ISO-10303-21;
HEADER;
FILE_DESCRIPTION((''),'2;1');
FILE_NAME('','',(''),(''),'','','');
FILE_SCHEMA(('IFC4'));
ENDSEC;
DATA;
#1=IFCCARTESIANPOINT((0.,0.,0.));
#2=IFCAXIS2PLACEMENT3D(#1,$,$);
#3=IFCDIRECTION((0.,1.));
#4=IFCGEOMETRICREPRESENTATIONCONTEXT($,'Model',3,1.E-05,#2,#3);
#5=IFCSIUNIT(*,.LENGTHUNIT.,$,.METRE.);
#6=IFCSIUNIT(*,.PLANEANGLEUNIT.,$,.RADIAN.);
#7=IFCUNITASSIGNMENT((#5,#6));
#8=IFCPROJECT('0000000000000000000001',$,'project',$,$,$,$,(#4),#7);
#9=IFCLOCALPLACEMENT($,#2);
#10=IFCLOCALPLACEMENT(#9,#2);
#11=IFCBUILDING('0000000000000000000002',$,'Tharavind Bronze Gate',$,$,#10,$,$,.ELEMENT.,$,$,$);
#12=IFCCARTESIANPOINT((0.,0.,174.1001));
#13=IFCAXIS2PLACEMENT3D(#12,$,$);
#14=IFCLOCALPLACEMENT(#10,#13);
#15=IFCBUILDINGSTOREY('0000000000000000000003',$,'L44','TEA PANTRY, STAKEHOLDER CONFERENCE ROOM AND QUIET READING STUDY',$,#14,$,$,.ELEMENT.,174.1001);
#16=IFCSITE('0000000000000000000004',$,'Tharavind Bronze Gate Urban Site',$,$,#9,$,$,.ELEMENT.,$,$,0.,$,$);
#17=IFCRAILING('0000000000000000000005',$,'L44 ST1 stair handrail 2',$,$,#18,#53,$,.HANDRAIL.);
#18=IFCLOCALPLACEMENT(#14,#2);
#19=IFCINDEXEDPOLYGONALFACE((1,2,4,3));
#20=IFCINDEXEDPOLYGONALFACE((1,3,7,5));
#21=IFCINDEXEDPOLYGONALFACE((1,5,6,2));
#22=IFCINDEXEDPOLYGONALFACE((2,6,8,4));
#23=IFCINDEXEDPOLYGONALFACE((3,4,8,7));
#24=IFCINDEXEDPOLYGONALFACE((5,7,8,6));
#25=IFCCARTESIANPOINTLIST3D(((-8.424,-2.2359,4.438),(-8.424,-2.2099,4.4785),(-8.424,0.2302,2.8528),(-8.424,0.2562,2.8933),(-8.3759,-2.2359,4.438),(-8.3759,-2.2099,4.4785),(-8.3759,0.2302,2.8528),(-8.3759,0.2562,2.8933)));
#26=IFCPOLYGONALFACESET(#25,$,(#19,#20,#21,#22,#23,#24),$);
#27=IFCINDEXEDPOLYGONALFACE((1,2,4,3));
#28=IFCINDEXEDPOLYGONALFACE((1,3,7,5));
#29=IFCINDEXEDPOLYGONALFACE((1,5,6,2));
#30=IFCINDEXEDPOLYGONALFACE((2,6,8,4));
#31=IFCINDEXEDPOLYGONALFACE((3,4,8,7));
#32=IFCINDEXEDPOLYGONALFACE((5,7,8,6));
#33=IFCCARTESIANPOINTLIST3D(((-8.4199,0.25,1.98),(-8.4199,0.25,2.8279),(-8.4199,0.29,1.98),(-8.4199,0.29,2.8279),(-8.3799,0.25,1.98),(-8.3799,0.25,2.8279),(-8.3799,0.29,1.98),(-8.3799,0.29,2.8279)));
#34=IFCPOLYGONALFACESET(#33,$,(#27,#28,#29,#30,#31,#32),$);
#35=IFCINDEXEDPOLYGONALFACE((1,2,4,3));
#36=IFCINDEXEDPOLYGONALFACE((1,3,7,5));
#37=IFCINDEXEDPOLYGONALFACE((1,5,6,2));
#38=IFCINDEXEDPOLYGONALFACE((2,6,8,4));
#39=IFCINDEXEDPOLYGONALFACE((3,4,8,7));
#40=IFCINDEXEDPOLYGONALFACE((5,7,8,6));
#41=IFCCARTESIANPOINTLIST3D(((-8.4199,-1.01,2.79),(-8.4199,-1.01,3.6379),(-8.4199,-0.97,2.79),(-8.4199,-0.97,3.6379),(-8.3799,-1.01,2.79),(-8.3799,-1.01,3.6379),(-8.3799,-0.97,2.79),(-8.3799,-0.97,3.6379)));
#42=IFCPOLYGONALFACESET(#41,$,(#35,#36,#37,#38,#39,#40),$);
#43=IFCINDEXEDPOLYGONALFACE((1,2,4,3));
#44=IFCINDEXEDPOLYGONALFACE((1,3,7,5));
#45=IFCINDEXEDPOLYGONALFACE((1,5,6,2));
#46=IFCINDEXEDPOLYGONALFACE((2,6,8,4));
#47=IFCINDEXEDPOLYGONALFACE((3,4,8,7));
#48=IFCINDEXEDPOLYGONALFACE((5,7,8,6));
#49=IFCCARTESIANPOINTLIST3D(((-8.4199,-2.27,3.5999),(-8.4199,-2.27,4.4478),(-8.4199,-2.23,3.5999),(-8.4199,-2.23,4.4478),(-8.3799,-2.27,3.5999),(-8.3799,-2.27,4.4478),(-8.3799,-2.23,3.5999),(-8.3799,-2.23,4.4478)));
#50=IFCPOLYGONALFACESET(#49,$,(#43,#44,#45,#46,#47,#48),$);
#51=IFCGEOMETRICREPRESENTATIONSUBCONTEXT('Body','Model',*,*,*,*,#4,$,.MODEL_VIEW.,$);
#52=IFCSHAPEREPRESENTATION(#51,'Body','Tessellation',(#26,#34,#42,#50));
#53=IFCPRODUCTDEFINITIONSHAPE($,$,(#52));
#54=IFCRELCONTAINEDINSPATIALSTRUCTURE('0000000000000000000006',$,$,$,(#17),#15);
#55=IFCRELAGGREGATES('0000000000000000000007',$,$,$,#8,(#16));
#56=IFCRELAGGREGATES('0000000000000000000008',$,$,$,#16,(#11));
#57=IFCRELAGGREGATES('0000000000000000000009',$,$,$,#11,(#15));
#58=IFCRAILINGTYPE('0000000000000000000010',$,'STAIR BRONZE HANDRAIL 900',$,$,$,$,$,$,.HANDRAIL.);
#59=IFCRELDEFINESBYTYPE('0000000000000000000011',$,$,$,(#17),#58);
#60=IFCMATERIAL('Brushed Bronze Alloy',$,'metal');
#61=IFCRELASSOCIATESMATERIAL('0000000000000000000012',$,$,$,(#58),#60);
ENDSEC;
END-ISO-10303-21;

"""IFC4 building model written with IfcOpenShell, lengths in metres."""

from ifc_helpers import new_model, si_unit, direction, frame, origin, origin_2d, place, context, subcontext, project, spatial, rectangle, extrude, material, type_object, element, save


model = new_model("IFC4")

# Units and contexts
model_context = context("Model", 3, precision=1e-05, world=origin(), true_north=direction((0.0, 1.0)))
body_context = subcontext(model_context, "Body", "Model", "MODEL_VIEW")
ifc_project = project(units=[si_unit("LENGTHUNIT", "METRE"), si_unit("PLANEANGLEUNIT", "RADIAN")], contexts=[model_context])

# Site, building, storey
site_placement = place(None, origin())
site = spatial("IfcSite", under=ifc_project, at=site_placement, Name="Tharavind Bronze Gate Urban Site", CompositionType="ELEMENT", RefElevation=0.0)
building_placement = place(site_placement, origin())
building = spatial("IfcBuilding", under=site, at=building_placement, Name="Tharavind Bronze Gate", CompositionType="ELEMENT")
storey_placement = place(building_placement, frame((0.0, 0.0, 174.1001)))
storey = spatial("IfcBuildingStorey", under=building, at=storey_placement, Name="L44", Description="TEA PANTRY, STAKEHOLDER CONFERENCE ROOM AND QUIET READING STUDY", CompositionType="ELEMENT", Elevation=174.1001)

# Railing
ifc_material_1 = material(Name="Brushed Bronze Alloy", Category="metal")
railing_type = type_object("IfcRailingType", Name="STAIR BRONZE HANDRAIL 900", PredefinedType="HANDRAIL", material=ifc_material_1)
railing_placement = place(storey_placement, frame((-8.3999, 0.27, 1.98)))
element("IfcRailing", 1, at=railing_placement, inside=storey, type_object=railing_type, Name="L44 ST1 stair handrail 2", PredefinedType="HANDRAIL", context=body_context, shape_type="SweptSolid", body=[
    extrude(rectangle(XDim=0.0481, YDim=0.0481, at=origin_2d()), frame((0.0, -0.0269, 0.8931), z_axis=(0.0, -0.8412, 0.540725), x_axis=(1.0, 0.0, 0.0)), (0.0, 0.0, 1.0), 2.9316),
    extrude(rectangle(XDim=0.04, YDim=0.04, at=origin_2d()), origin(), (0.0, 0.0, 1.0), 0.8479),
    extrude(rectangle(XDim=0.04, YDim=0.04, at=origin_2d()), frame((0.0, -1.26, 0.8101)), (0.0, 0.0, 1.0), 0.8479),
    extrude(rectangle(XDim=0.04, YDim=0.04, at=origin_2d()), frame((0.0, -2.52, 1.6199)), (0.0, 0.0, 1.0), 0.8479),
])

save(model, "model.ifc")
